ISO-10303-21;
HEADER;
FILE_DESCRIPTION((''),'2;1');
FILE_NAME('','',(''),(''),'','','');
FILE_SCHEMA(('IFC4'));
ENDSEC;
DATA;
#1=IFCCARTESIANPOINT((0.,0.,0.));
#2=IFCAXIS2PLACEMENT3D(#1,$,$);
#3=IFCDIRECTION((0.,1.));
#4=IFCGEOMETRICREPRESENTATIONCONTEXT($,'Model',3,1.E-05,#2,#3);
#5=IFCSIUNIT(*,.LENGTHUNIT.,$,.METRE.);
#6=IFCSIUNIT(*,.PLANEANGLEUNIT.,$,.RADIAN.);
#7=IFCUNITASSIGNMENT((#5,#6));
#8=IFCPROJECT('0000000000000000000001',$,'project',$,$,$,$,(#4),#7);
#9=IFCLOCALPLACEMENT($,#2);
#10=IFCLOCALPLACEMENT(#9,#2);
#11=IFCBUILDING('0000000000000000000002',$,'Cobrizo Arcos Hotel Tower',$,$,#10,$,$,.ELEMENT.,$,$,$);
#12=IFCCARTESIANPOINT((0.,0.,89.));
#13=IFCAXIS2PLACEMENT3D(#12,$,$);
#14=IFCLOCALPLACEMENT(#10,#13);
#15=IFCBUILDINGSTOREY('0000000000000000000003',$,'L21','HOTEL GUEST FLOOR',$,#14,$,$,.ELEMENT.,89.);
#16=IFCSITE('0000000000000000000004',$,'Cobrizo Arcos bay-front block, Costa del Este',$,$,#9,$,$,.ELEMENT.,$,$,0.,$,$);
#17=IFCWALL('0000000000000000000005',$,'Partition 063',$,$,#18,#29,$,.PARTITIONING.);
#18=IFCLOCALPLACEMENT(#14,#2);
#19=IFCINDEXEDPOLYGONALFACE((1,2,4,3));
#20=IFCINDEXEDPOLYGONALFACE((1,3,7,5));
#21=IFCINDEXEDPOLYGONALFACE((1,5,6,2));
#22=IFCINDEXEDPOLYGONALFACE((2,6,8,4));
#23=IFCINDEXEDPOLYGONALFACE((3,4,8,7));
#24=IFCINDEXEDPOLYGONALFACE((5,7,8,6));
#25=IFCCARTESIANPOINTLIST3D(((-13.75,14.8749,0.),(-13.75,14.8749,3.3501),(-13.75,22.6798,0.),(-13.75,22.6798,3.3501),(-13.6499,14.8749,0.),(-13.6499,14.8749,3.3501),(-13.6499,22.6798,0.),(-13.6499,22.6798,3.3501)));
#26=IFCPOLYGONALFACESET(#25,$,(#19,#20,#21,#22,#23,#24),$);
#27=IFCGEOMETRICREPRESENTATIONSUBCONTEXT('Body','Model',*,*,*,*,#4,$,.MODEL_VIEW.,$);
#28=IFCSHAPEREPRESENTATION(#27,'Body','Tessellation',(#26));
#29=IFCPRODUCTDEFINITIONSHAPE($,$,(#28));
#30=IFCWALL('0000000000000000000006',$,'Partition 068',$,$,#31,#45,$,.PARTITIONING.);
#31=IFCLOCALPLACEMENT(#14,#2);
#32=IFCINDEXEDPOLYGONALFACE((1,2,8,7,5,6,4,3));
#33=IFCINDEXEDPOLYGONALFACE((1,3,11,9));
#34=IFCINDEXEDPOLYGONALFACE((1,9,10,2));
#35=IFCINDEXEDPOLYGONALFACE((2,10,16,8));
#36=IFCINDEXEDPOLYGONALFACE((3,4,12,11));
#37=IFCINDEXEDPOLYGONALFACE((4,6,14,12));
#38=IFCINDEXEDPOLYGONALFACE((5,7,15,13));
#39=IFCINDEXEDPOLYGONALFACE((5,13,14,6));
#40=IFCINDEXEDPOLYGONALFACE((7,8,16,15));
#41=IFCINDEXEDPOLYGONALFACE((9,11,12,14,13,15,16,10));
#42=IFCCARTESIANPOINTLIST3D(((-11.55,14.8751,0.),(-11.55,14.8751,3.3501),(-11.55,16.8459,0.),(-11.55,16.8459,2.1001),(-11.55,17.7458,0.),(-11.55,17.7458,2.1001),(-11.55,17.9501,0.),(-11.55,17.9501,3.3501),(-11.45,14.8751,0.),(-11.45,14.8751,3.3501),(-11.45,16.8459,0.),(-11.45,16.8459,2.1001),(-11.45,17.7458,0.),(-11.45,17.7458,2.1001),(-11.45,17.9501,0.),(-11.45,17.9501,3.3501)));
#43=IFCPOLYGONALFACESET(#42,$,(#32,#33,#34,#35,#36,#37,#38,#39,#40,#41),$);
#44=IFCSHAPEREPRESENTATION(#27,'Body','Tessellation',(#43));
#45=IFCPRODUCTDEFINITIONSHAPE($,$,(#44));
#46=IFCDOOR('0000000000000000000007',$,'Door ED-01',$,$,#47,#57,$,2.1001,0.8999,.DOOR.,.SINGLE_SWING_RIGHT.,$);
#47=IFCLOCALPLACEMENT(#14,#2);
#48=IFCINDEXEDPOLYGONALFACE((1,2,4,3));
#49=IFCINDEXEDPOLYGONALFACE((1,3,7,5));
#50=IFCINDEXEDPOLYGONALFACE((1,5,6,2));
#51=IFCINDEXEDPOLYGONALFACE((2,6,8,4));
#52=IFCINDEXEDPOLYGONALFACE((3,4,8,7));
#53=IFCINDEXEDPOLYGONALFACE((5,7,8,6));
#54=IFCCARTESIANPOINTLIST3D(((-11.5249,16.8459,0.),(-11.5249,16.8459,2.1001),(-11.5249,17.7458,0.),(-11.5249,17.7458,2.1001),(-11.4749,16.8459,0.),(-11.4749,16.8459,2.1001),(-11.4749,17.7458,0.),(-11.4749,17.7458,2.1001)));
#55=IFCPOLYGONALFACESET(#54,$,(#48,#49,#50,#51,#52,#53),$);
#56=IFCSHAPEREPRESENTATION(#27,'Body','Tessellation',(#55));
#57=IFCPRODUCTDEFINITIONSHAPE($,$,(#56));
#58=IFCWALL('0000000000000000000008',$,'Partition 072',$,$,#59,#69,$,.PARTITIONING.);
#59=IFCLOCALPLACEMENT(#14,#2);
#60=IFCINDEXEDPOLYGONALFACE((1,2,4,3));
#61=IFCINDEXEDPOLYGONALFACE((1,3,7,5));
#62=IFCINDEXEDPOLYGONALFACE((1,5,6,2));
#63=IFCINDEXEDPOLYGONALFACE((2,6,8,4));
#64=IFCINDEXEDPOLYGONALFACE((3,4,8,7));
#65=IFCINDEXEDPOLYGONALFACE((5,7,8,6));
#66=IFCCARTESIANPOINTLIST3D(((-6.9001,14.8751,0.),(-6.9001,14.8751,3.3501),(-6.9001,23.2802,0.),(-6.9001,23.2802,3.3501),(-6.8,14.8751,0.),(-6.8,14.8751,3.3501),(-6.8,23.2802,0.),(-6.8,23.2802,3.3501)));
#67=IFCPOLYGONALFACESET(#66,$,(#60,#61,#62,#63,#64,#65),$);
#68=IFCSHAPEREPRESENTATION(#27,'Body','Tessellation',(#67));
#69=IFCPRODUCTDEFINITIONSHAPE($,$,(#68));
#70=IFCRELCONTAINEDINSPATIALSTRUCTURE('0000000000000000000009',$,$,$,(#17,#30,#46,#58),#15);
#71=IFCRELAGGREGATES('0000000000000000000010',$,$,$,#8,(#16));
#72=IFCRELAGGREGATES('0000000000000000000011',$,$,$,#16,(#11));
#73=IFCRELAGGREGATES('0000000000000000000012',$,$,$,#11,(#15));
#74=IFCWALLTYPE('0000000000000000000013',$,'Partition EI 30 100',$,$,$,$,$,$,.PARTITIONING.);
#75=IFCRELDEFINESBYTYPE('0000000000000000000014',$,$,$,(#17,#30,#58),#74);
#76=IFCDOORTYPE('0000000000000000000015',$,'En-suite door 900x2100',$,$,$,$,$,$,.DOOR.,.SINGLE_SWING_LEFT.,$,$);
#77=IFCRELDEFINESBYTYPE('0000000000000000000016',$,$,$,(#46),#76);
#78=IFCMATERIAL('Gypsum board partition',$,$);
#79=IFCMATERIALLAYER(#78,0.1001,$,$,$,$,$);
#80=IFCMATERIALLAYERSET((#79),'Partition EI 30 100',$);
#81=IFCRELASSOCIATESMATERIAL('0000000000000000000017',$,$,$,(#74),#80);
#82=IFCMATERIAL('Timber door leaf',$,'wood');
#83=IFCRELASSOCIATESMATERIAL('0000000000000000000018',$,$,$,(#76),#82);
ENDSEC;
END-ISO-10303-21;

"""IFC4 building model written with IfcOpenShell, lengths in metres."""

from ifc_helpers import new_model, si_unit, direction, frame, frame_2d, origin, place, context, subcontext, project, spatial, rectangle, extrude, material, layer, layer_set, type_object, element, fill, save


model = new_model("IFC4")

# Units and contexts
model_context = context("Model", 3, precision=1e-05, world=origin(), true_north=direction((0.0, 1.0)))
body_context = subcontext(model_context, "Body", "Model", "MODEL_VIEW")
ifc_project = project(units=[si_unit("LENGTHUNIT", "METRE"), si_unit("PLANEANGLEUNIT", "RADIAN")], contexts=[model_context])

# Site, building, storey
site_placement = place(None, origin())
site = spatial("IfcSite", under=ifc_project, at=site_placement, Name="Cobrizo Arcos bay-front block, Costa del Este", CompositionType="ELEMENT", RefElevation=0.0)
building_placement = place(site_placement, origin())
building = spatial("IfcBuilding", under=site, at=building_placement, Name="Cobrizo Arcos Hotel Tower", CompositionType="ELEMENT")
storey_placement = place(building_placement, frame((0.0, 0.0, 89.0)))
storey = spatial("IfcBuildingStorey", under=building, at=storey_placement, Name="L21", Description="HOTEL GUEST FLOOR", CompositionType="ELEMENT", Elevation=89.0)

# Shared definitions
ifc_material_1 = material(Name="Gypsum board partition")

# Shared definitions
ifc_material_2 = material(Name="Timber door leaf", Category="wood")

# Wall
ifc_layer_1 = layer(ifc_material_1, 0.1001)
ifc_layer_set_1 = layer_set([ifc_layer_1], Name="Partition EI 30 100")
wall_type_1 = type_object("IfcWallType", Name="Partition EI 30 100", PredefinedType="PARTITIONING", material=ifc_layer_set_1)
wall_1_placement = place(storey_placement, frame((-13.7, 14.875, 0.0), z_axis=(0.0, 0.0, 1.0), x_axis=(0.0, 1.0, 0.0)))
element("IfcWall", 1, at=wall_1_placement, inside=storey, type_object=wall_type_1, Name="Partition 063", PredefinedType="PARTITIONING", context=body_context, shape_type="SweptSolid", body=[
    extrude(rectangle(XDim=7.8049, YDim=0.1001, at=frame_2d((3.9023, 0.0))), origin(), (0.0, 0.0, 1.0), 3.3501),
])

# Wall, opening, door
wall_2_placement = place(storey_placement, frame((-11.5, 14.875, 0.0), z_axis=(0.0, 0.0, 1.0), x_axis=(0.0, 1.0, 0.0)))
wall_2 = element("IfcWall", 2, at=wall_2_placement, inside=storey, type_object=wall_type_1, Name="Partition 068", PredefinedType="PARTITIONING", context=body_context, shape_type="SweptSolid", body=[
    extrude(rectangle(XDim=3.075, YDim=0.1001, at=frame_2d((1.5376, 0.0))), origin(), (0.0, 0.0, 1.0), 3.3501),
])
opening_1_placement = place(wall_2_placement, frame((1.9709, 0.0, 0.0)))
opening_1 = element("IfcOpeningElement", 3, at=opening_1_placement, cuts=wall_2, PredefinedType="OPENING", context=body_context, shape_type="SweptSolid", body=[
    extrude(rectangle(XDim=0.8999, YDim=2.1001, at=frame_2d((0.45, 1.05))), frame((0.0, 0.062, 0.0), z_axis=(0.0, -1.0, 0.0), x_axis=(1.0, 0.0, 0.0)), (0.0, 0.0, 1.0), 0.124),
])
door_type_1 = type_object("IfcDoorType", Name="En-suite door 900x2100", OperationType="SINGLE_SWING_LEFT", PredefinedType="DOOR", material=ifc_material_2)
door_1_placement = place(opening_1_placement, origin())
door_1 = element("IfcDoor", 4, at=door_1_placement, inside=storey, type_object=door_type_1, Name="Door ED-01", OperationType="SINGLE_SWING_RIGHT", OverallHeight=2.1001, OverallWidth=0.8999, PredefinedType="DOOR", context=body_context, shape_type="SweptSolid", body=[
    extrude(rectangle(XDim=0.8999, YDim=2.1001, at=frame_2d((0.45, 1.05))), frame((0.0, 0.0249, 0.0), z_axis=(0.0, -1.0, 0.0), x_axis=(1.0, 0.0, 0.0)), (0.0, 0.0, 1.0), 0.05),
])
fill(opening_1, door_1)

# Wall
wall_3_placement = place(storey_placement, frame((-6.8501, 14.875, 0.0), z_axis=(0.0, 0.0, 1.0), x_axis=(0.0, 1.0, 0.0)))
element("IfcWall", 5, at=wall_3_placement, inside=storey, type_object=wall_type_1, Name="Partition 072", PredefinedType="PARTITIONING", context=body_context, shape_type="SweptSolid", body=[
    extrude(rectangle(XDim=8.405, YDim=0.1001, at=frame_2d((4.2026, 0.0))), origin(), (0.0, 0.0, 1.0), 3.3501),
])

save(model, "model.ifc")
